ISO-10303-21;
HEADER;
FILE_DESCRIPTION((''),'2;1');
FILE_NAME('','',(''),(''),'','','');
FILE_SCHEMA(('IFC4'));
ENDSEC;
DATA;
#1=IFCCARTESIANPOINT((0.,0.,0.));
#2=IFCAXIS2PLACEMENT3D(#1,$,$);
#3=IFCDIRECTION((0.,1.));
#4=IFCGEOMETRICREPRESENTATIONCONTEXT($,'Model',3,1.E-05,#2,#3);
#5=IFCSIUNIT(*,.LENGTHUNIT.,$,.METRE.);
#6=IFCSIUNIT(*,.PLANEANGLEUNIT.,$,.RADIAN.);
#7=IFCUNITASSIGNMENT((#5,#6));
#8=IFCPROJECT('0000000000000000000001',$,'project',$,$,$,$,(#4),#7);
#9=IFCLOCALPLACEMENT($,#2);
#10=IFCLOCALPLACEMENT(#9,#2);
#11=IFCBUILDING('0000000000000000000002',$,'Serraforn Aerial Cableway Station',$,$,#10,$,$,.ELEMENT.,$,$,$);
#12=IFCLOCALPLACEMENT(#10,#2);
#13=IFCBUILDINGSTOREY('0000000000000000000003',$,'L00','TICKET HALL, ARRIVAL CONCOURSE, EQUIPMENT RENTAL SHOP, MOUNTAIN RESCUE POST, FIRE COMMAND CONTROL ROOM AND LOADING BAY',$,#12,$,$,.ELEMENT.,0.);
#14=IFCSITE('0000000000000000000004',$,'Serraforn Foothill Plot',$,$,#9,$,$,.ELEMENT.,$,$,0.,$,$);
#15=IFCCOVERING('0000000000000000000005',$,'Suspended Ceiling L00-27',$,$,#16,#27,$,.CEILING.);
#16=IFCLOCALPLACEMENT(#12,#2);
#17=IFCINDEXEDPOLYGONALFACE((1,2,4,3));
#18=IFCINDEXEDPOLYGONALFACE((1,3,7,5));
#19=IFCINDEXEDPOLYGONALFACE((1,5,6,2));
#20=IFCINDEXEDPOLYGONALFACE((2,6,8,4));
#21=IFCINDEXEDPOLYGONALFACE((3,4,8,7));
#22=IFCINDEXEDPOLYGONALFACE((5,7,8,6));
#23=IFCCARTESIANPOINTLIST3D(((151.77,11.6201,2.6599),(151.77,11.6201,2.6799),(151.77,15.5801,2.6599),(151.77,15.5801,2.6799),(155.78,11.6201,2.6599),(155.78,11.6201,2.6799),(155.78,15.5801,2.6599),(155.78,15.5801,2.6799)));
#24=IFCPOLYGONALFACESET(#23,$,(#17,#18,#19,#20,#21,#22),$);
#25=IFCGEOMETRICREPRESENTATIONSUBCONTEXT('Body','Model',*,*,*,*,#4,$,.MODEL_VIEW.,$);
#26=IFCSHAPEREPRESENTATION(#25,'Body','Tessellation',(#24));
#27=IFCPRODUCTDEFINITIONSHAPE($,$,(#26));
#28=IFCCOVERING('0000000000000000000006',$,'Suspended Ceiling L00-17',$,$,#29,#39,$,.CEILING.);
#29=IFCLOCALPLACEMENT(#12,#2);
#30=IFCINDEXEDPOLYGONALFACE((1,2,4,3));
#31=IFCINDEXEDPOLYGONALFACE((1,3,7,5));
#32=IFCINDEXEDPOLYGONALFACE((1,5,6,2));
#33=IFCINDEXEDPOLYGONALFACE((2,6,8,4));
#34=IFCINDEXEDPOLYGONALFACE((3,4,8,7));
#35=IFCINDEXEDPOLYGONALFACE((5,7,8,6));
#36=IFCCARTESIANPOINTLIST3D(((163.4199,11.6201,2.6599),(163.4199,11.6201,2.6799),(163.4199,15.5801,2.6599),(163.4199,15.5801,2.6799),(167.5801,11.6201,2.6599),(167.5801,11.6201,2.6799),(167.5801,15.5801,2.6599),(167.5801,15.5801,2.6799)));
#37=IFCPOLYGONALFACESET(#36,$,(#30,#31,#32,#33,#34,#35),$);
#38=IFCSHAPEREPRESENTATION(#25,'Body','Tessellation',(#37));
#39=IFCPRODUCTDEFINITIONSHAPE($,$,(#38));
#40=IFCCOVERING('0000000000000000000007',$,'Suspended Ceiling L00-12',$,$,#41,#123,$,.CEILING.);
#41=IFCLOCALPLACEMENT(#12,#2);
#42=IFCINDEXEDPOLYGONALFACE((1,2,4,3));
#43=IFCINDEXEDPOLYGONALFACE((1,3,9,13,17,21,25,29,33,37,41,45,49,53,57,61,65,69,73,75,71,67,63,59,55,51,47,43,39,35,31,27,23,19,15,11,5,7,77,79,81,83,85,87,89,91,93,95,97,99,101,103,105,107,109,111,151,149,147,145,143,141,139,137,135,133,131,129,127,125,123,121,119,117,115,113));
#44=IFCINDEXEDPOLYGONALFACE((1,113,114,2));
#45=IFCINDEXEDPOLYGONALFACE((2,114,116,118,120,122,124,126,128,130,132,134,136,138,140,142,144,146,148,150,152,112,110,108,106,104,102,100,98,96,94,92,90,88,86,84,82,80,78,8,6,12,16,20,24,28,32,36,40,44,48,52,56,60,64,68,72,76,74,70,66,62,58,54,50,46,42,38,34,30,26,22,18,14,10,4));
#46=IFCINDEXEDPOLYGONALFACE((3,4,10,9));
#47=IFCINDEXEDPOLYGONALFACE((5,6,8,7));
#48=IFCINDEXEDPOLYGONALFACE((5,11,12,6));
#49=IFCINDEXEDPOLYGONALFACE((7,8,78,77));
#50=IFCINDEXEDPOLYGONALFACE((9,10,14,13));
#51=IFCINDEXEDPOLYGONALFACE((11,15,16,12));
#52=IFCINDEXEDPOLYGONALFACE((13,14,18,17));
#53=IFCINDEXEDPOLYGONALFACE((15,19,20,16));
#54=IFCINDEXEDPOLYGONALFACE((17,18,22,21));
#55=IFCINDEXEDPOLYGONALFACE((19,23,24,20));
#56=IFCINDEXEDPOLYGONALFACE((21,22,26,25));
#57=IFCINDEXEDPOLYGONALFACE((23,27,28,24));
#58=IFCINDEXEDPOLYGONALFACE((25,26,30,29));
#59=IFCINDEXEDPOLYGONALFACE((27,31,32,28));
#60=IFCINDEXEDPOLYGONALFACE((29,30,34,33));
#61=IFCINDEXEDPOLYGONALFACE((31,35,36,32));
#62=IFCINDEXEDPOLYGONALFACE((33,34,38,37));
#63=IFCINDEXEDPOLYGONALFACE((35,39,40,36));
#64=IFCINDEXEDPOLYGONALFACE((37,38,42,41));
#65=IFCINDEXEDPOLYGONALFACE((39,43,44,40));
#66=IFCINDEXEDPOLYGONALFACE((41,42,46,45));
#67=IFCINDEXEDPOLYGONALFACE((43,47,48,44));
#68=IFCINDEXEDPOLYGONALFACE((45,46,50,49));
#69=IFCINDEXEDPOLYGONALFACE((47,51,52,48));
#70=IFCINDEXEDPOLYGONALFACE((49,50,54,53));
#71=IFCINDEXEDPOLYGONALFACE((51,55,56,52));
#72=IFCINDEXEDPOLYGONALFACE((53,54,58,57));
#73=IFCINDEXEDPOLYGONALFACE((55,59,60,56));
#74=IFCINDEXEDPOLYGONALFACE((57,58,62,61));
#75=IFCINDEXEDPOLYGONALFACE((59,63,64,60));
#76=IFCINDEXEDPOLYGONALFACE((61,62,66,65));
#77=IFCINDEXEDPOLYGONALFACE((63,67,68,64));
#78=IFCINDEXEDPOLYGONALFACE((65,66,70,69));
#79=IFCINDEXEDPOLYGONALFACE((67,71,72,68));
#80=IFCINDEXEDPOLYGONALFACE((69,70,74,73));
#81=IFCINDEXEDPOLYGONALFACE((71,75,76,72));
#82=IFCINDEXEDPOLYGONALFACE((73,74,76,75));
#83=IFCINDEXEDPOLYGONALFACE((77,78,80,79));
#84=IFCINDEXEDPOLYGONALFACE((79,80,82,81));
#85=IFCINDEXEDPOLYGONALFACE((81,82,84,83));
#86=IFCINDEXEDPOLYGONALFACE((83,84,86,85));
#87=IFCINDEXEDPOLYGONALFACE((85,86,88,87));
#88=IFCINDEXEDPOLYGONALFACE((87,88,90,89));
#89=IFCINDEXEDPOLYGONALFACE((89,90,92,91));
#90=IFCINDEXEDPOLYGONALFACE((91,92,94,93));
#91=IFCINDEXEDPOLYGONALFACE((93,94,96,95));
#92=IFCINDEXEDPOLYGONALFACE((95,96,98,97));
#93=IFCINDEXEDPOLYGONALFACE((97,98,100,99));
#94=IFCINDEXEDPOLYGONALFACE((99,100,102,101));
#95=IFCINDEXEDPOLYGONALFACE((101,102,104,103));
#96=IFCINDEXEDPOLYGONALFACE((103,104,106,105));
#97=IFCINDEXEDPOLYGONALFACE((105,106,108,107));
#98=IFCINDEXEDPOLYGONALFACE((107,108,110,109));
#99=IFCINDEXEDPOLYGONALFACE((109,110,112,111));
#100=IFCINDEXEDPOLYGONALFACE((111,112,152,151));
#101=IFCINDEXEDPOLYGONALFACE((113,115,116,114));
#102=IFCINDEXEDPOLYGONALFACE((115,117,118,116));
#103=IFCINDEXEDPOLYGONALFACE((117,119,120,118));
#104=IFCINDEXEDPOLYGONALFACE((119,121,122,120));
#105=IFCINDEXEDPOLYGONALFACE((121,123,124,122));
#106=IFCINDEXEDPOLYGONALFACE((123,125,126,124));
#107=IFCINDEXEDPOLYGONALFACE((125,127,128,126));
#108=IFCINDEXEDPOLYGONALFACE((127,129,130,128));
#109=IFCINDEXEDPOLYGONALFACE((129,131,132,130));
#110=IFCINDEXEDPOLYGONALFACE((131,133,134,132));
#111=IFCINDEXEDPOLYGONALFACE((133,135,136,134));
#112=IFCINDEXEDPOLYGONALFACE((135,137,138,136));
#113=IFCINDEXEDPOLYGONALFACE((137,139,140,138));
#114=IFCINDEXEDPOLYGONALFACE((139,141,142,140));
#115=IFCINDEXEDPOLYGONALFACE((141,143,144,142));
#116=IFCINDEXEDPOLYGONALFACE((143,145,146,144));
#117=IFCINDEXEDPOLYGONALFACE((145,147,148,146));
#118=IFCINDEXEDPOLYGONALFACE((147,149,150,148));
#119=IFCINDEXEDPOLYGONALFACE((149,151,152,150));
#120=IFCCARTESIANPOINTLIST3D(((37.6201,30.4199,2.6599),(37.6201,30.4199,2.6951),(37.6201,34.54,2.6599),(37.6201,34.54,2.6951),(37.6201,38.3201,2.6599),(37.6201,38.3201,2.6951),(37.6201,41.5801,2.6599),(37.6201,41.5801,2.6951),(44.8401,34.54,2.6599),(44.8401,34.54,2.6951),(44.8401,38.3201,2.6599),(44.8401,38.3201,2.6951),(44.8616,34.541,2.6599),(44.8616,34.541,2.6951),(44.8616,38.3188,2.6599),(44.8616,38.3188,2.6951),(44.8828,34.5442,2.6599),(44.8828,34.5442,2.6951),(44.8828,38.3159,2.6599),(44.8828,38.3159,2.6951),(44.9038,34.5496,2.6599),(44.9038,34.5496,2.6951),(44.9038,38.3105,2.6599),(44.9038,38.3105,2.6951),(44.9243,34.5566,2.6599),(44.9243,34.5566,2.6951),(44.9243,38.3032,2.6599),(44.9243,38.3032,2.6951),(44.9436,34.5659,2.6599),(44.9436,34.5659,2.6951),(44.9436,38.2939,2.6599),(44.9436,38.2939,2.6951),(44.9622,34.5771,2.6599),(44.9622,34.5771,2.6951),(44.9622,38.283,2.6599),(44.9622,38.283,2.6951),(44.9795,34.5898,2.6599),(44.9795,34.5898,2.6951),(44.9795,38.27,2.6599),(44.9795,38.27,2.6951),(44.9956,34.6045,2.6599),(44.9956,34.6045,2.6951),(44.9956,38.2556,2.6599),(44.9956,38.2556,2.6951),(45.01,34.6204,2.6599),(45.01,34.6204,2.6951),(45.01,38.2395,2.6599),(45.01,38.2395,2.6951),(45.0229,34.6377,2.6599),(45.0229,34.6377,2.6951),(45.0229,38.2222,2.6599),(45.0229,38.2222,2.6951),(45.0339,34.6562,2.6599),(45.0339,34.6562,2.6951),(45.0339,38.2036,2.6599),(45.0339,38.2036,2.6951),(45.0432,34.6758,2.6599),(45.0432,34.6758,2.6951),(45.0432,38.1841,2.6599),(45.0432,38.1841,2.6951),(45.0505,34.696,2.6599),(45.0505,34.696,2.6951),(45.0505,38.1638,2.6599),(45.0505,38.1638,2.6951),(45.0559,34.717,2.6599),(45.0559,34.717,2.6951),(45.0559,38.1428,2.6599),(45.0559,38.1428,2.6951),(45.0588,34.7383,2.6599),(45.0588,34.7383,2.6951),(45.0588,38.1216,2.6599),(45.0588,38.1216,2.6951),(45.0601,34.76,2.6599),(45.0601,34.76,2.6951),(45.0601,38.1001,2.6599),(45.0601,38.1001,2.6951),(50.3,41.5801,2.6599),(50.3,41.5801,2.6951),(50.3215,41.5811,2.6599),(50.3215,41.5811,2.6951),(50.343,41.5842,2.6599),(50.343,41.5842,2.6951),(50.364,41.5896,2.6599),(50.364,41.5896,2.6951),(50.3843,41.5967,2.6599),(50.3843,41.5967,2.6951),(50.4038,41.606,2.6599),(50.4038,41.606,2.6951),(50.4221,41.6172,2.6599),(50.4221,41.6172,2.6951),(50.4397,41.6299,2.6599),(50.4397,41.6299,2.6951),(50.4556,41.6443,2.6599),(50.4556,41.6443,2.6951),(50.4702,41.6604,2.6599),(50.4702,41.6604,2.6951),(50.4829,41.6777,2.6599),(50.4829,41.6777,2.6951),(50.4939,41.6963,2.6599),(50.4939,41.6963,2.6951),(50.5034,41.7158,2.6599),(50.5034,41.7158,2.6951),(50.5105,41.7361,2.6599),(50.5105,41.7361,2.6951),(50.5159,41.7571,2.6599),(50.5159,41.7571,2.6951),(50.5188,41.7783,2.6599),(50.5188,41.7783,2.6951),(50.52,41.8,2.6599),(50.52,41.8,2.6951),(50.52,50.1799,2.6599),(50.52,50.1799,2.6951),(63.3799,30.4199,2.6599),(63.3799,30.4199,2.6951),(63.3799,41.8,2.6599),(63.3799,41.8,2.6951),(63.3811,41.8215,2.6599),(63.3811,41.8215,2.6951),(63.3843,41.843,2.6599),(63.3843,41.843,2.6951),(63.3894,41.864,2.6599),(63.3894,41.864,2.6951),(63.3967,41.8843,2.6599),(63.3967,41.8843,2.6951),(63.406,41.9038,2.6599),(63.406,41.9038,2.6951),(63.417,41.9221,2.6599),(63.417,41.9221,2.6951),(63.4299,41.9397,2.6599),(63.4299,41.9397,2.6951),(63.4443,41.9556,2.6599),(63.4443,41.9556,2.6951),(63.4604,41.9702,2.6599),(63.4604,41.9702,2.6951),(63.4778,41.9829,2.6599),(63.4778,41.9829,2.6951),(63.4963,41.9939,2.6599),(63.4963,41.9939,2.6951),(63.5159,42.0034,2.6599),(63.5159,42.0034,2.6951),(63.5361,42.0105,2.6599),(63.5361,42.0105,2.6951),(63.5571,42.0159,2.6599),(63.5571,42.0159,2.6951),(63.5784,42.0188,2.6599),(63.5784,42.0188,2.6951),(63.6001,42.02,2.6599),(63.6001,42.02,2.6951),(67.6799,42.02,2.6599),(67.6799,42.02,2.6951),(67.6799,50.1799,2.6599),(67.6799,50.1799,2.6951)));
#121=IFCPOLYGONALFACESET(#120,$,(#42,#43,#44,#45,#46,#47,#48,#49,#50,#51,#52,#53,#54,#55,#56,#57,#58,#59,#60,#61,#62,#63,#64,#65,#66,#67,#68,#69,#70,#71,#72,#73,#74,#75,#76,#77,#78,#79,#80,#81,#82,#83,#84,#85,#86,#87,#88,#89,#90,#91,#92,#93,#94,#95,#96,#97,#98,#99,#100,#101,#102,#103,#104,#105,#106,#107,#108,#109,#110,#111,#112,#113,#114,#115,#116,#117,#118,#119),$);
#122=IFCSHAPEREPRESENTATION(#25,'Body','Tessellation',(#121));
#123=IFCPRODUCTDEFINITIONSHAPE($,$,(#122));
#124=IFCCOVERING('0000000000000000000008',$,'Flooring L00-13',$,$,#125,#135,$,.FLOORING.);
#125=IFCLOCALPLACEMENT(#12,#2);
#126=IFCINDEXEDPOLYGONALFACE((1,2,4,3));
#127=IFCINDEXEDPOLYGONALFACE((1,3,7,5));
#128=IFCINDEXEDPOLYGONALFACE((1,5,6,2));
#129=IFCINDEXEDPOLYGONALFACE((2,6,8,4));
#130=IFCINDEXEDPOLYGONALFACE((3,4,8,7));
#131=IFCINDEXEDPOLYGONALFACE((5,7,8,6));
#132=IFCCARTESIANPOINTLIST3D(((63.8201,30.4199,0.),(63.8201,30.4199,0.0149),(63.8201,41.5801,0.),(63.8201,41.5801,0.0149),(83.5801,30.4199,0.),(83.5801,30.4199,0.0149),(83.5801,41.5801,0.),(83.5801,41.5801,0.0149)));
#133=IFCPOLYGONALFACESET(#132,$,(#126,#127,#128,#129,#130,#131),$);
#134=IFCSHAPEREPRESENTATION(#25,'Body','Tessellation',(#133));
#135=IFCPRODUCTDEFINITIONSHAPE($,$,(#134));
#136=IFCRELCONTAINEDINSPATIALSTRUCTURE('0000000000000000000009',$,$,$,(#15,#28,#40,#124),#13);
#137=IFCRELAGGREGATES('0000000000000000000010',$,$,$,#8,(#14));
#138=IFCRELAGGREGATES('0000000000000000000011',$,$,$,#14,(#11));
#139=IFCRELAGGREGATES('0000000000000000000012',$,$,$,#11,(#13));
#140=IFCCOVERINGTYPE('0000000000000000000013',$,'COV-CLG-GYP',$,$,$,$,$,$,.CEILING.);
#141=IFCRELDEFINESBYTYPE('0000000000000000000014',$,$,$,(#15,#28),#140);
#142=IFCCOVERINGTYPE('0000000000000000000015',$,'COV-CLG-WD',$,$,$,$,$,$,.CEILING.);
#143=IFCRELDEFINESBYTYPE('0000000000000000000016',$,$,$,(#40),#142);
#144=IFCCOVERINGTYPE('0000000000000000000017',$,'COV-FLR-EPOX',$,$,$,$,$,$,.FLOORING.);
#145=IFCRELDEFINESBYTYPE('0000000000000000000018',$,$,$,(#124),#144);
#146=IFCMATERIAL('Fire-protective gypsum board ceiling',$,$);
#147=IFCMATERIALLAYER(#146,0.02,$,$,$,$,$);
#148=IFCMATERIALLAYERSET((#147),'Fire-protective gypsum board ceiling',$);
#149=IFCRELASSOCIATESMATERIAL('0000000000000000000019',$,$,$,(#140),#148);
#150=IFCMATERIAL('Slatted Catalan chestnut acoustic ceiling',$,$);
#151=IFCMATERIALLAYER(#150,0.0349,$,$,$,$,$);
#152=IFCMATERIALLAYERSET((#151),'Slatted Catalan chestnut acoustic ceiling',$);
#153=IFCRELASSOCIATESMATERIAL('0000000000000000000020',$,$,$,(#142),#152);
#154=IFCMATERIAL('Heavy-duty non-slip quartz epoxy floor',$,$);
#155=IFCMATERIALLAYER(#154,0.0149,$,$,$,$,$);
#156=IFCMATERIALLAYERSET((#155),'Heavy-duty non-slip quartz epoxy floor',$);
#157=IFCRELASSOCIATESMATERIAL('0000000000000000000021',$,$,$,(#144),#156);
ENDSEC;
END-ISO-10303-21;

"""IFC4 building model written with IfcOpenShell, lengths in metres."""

from ifc_helpers import new_model, si_unit, direction, frame, origin, place, context, subcontext, project, spatial, polyline, outline, extrude, material, layer, layer_set, type_object, element, save


model = new_model("IFC4")

# Units and contexts
model_context = context("Model", 3, precision=1e-05, world=origin(), true_north=direction((0.0, 1.0)))
body_context = subcontext(model_context, "Body", "Model", "MODEL_VIEW")
ifc_project = project(units=[si_unit("LENGTHUNIT", "METRE"), si_unit("PLANEANGLEUNIT", "RADIAN")], contexts=[model_context])

# Site, building, storey
site_placement = place(None, origin())
site = spatial("IfcSite", under=ifc_project, at=site_placement, Name="Serraforn Foothill Plot", CompositionType="ELEMENT", RefElevation=0.0)
building_placement = place(site_placement, origin())
building = spatial("IfcBuilding", under=site, at=building_placement, Name="Serraforn Aerial Cableway Station", CompositionType="ELEMENT")
storey_placement = place(building_placement, origin())
storey = spatial("IfcBuildingStorey", under=building, at=storey_placement, Name="L00", Description="TICKET HALL, ARRIVAL CONCOURSE, EQUIPMENT RENTAL SHOP, MOUNTAIN RESCUE POST, FIRE COMMAND CONTROL ROOM AND LOADING BAY", CompositionType="ELEMENT", Elevation=0.0)

# Coverings
ifc_material_1 = material(Name="Fire-protective gypsum board ceiling")
ifc_layer_1 = layer(ifc_material_1, 0.02)
ifc_layer_set_1 = layer_set([ifc_layer_1], Name="Fire-protective gypsum board ceiling")
covering_type_1 = type_object("IfcCoveringType", Name="COV-CLG-GYP", PredefinedType="CEILING", material=ifc_layer_set_1)
covering_1_placement = place(storey_placement, frame((0.0, 0.0, 2.6599)))
element("IfcCovering", 1, at=covering_1_placement, inside=storey, type_object=covering_type_1, Name="Suspended Ceiling L00-27", PredefinedType="CEILING", context=body_context, shape_type="SweptSolid", body=[
    extrude(outline(polyline([(151.77, 11.6201), (151.77, 15.5801), (155.78, 15.5801), (155.78, 11.6201), (151.77, 11.6201)])), origin(), (0.0, 0.0, 1.0), 0.02),
])
covering_2_placement = place(storey_placement, frame((0.0, 0.0, 2.6599)))
element("IfcCovering", 2, at=covering_2_placement, inside=storey, type_object=covering_type_1, Name="Suspended Ceiling L00-17", PredefinedType="CEILING", context=body_context, shape_type="SweptSolid", body=[
    extrude(outline(polyline([(163.4199, 11.6201), (163.4199, 15.5801), (167.5801, 15.5801), (167.5801, 11.6201), (163.4199, 11.6201)])), origin(), (0.0, 0.0, 1.0), 0.02),
])
ifc_material_2 = material(Name="Slatted Catalan chestnut acoustic ceiling")
ifc_layer_2 = layer(ifc_material_2, 0.0349)
ifc_layer_set_2 = layer_set([ifc_layer_2], Name="Slatted Catalan chestnut acoustic ceiling")
covering_type_2 = type_object("IfcCoveringType", Name="COV-CLG-WD", PredefinedType="CEILING", material=ifc_layer_set_2)
covering_3_placement = place(storey_placement, frame((0.0, 0.0, 2.6599)))
element("IfcCovering", 3, at=covering_3_placement, inside=storey, type_object=covering_type_2, Name="Suspended Ceiling L00-12", PredefinedType="CEILING", context=body_context, shape_type="SweptSolid", body=[
    extrude(outline(polyline([(37.6201, 30.4199), (37.6201, 34.54), (44.8401, 34.54), (44.8616, 34.541), (44.8828, 34.5442), (44.9038, 34.5496), (44.9243, 34.5566), (44.9436, 34.5659), (44.9622, 34.5771), (44.9795, 34.5898), (44.9956, 34.6045), (45.01, 34.6204), (45.0229, 34.6377), (45.0339, 34.6562), (45.0432, 34.6758), (45.0505, 34.696), (45.0559, 34.717), (45.0588, 34.7383), (45.0601, 34.76), (45.0601, 38.1001), (45.0588, 38.1216), (45.0559, 38.1428), (45.0505, 38.1638), (45.0432, 38.1841), (45.0339, 38.2036), (45.0229, 38.2222), (45.01, 38.2395), (44.9956, 38.2556), (44.9795, 38.27), (44.9622, 38.283), (44.9436, 38.2939), (44.9243, 38.3032), (44.9038, 38.3105), (44.8828, 38.3159), (44.8616, 38.3188), (44.8401, 38.3201), (37.6201, 38.3201), (37.6201, 41.5801), (50.3, 41.5801), (50.3215, 41.5811), (50.343, 41.5842), (50.364, 41.5896), (50.3843, 41.5967), (50.4038, 41.606), (50.4221, 41.6172), (50.4397, 41.6299), (50.4556, 41.6443), (50.4702, 41.6604), (50.4829, 41.6777), (50.4939, 41.6963), (50.5034, 41.7158), (50.5105, 41.7361), (50.5159, 41.7571), (50.5188, 41.7783), (50.52, 41.8), (50.52, 50.1799), (67.6799, 50.1799), (67.6799, 42.02), (63.6001, 42.02), (63.5784, 42.0188), (63.5571, 42.0159), (63.5361, 42.0105), (63.5159, 42.0034), (63.4963, 41.9939), (63.4778, 41.9829), (63.4604, 41.9702), (63.4443, 41.9556), (63.4299, 41.9397), (63.417, 41.9221), (63.406, 41.9038), (63.3967, 41.8843), (63.3894, 41.864), (63.3843, 41.843), (63.3811, 41.8215), (63.3799, 41.8), (63.3799, 30.4199), (37.6201, 30.4199)])), origin(), (0.0, 0.0, 1.0), 0.0352),
])
ifc_material_3 = material(Name="Heavy-duty non-slip quartz epoxy floor")
ifc_layer_3 = layer(ifc_material_3, 0.0149)
ifc_layer_set_3 = layer_set([ifc_layer_3], Name="Heavy-duty non-slip quartz epoxy floor")
covering_type_3 = type_object("IfcCoveringType", Name="COV-FLR-EPOX", PredefinedType="FLOORING", material=ifc_layer_set_3)
covering_4_placement = place(storey_placement, origin())
element("IfcCovering", 4, at=covering_4_placement, inside=storey, type_object=covering_type_3, Name="Flooring L00-13", PredefinedType="FLOORING", context=body_context, shape_type="SweptSolid", body=[
    extrude(outline(polyline([(63.8201, 30.4199), (63.8201, 41.5801), (83.5801, 41.5801), (83.5801, 30.4199), (63.8201, 30.4199)])), origin(), (0.0, 0.0, 1.0), 0.0149),
])

save(model, "model.ifc")
